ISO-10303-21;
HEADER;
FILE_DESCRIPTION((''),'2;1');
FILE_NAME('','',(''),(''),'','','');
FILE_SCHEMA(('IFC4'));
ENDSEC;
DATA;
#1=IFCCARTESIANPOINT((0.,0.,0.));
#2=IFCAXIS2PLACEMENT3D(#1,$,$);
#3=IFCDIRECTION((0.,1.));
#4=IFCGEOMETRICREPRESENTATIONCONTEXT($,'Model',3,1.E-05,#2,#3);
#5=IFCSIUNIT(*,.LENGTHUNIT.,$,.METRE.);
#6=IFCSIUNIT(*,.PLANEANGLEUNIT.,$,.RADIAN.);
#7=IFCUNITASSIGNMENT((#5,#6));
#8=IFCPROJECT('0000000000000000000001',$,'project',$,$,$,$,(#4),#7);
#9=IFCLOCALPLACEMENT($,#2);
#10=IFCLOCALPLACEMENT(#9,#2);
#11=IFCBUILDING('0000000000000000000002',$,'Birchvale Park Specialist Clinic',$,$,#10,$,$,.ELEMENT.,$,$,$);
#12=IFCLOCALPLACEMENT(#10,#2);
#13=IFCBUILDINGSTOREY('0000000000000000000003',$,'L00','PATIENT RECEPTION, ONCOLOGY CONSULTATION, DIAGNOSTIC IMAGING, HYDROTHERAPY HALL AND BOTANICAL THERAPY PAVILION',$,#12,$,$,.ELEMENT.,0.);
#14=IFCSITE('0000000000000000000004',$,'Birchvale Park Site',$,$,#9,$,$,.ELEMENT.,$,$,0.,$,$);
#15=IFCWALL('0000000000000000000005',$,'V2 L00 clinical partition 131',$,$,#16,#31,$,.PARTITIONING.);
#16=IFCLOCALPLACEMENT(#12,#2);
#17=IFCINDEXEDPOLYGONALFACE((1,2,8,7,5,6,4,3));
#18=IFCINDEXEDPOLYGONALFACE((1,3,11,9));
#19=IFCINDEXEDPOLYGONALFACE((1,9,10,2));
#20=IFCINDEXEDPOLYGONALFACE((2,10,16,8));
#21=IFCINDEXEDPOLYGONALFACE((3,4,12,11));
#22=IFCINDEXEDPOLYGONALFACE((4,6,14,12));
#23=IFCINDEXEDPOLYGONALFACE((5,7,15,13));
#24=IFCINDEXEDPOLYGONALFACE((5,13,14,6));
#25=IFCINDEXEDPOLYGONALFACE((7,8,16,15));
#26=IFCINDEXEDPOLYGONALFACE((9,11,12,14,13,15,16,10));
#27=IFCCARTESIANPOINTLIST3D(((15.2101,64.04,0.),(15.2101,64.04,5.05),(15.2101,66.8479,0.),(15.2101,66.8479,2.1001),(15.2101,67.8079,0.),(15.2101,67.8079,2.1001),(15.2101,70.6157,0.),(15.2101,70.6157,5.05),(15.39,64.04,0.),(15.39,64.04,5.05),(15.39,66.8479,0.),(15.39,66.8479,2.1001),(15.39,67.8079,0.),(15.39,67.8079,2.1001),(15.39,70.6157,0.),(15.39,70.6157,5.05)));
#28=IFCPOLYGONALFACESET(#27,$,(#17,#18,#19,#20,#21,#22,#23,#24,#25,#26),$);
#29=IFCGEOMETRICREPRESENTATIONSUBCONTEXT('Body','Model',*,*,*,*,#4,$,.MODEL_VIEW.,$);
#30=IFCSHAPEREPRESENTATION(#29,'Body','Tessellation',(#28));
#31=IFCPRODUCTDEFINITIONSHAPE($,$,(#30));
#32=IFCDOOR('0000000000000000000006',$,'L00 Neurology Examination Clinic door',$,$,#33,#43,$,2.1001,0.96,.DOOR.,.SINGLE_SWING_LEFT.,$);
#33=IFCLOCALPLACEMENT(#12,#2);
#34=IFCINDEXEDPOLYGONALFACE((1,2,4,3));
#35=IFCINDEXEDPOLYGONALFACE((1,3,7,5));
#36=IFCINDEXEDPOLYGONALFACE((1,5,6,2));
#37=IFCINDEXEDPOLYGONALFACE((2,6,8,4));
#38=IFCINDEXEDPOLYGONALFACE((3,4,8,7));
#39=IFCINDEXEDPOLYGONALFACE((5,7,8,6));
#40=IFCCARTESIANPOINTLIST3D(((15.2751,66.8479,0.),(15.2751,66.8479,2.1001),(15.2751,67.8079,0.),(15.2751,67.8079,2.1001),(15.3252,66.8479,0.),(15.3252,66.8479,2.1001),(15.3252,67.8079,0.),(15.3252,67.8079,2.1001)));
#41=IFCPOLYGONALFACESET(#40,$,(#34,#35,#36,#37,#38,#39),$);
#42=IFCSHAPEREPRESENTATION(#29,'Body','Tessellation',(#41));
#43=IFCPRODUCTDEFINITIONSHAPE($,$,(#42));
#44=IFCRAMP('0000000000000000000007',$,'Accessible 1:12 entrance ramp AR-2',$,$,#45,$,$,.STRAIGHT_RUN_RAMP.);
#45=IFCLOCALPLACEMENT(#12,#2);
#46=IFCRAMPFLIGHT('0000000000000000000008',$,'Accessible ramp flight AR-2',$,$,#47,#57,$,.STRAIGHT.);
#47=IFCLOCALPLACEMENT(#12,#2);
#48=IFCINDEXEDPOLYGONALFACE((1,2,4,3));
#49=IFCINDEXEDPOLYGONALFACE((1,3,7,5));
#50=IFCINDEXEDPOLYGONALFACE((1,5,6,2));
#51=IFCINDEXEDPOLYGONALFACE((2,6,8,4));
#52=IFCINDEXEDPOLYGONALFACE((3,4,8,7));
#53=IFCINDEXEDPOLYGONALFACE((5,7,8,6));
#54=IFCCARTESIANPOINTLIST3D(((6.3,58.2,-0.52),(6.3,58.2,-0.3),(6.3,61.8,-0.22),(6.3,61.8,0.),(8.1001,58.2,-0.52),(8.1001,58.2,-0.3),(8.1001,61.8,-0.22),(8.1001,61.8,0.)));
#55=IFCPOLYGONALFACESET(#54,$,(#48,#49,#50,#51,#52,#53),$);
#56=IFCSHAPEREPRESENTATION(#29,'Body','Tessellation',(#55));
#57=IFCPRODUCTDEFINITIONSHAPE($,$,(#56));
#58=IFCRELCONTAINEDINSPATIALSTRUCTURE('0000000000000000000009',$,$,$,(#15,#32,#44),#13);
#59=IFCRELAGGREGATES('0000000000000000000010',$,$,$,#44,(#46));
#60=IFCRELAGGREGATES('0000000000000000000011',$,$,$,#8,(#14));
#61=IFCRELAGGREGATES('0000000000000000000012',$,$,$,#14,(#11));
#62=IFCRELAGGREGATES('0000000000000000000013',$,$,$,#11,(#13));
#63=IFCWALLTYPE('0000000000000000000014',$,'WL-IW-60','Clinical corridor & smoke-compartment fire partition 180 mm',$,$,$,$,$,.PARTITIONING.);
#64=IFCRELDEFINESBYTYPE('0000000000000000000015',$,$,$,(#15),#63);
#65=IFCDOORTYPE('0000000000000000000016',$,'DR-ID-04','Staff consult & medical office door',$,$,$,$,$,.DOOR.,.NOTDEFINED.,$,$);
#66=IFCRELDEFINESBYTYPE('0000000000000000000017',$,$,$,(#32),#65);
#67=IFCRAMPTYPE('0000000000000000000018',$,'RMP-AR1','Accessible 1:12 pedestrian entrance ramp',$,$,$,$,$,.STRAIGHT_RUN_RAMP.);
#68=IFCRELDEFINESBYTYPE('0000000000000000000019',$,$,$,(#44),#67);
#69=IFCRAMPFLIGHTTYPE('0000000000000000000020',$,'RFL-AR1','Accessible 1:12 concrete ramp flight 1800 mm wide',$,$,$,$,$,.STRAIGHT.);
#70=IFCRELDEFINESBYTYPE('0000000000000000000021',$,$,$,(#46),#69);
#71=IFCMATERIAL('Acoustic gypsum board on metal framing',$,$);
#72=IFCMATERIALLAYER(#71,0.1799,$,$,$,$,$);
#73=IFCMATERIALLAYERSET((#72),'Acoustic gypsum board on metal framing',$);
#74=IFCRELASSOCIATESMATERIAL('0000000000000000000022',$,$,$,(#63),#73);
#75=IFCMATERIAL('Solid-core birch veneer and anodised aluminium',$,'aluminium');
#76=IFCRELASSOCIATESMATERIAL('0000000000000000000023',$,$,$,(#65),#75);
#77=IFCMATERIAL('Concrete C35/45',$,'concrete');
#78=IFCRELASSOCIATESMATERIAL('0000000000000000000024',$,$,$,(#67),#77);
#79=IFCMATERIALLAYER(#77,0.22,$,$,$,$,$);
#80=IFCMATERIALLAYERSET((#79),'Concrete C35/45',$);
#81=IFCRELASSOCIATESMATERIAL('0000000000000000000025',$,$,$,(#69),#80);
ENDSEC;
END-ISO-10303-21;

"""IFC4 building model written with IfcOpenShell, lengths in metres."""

from ifc_helpers import new_model, si_unit, direction, frame, frame_2d, origin, place, context, subcontext, project, spatial, polyline, rectangle, outline, extrude, material, layer, layer_set, type_object, element, fill, aggregate, save


model = new_model("IFC4")

# Units and contexts
model_context = context("Model", 3, precision=1e-05, world=origin(), true_north=direction((0.0, 1.0)))
body_context = subcontext(model_context, "Body", "Model", "MODEL_VIEW")
ifc_project = project(units=[si_unit("LENGTHUNIT", "METRE"), si_unit("PLANEANGLEUNIT", "RADIAN")], contexts=[model_context])

# Site, building, storey
site_placement = place(None, origin())
site = spatial("IfcSite", under=ifc_project, at=site_placement, Name="Birchvale Park Site", CompositionType="ELEMENT", RefElevation=0.0)
building_placement = place(site_placement, origin())
building = spatial("IfcBuilding", under=site, at=building_placement, Name="Birchvale Park Specialist Clinic", CompositionType="ELEMENT")
storey_placement = place(building_placement, origin())
storey = spatial("IfcBuildingStorey", under=building, at=storey_placement, Name="L00", Description="PATIENT RECEPTION, ONCOLOGY CONSULTATION, DIAGNOSTIC IMAGING, HYDROTHERAPY HALL AND BOTANICAL THERAPY PAVILION", CompositionType="ELEMENT", Elevation=0.0)

# Wall, opening, door
ifc_material_1 = material(Name="Acoustic gypsum board on metal framing")
ifc_layer_1 = layer(ifc_material_1, 0.1799)
ifc_layer_set_1 = layer_set([ifc_layer_1], Name="Acoustic gypsum board on metal framing")
wall_type_1 = type_object("IfcWallType", Name="WL-IW-60", Description="Clinical corridor & smoke-compartment fire partition 180 mm", PredefinedType="PARTITIONING", material=ifc_layer_set_1)
wall_1_placement = place(storey_placement, frame((15.3, 64.04, 0.0), z_axis=(0.0, 0.0, 1.0), x_axis=(0.0, 1.0, 0.0)))
wall_1 = element("IfcWall", 1, at=wall_1_placement, inside=storey, type_object=wall_type_1, Name="V2 L00 clinical partition 131", PredefinedType="PARTITIONING", context=body_context, shape_type="SweptSolid", body=[
    extrude(rectangle(XDim=6.5757, YDim=0.1799, at=frame_2d((3.2878, 0.0))), origin(), (0.0, 0.0, 1.0), 5.05),
])
opening_placement = place(wall_1_placement, frame((2.8079, 0.0, 0.0)))
opening = element("IfcOpeningElement", 2, at=opening_placement, cuts=wall_1, PredefinedType="OPENING", context=body_context, shape_type="SweptSolid", body=[
    extrude(rectangle(XDim=0.96, YDim=2.1001, at=frame_2d((0.48, 1.05))), frame((0.0, 0.1001, 0.0), z_axis=(0.0, -1.0, 0.0), x_axis=(1.0, 0.0, 0.0)), (0.0, 0.0, 1.0), 0.2),
])
ifc_material_2 = material(Name="Solid-core birch veneer and anodised aluminium", Category="aluminium")
door_type = type_object("IfcDoorType", Name="DR-ID-04", Description="Staff consult & medical office door", OperationType="NOTDEFINED", PredefinedType="DOOR", material=ifc_material_2)
door_placement = place(opening_placement, origin())
door = element("IfcDoor", 3, at=door_placement, inside=storey, type_object=door_type, Name="L00 Neurology Examination Clinic door", OperationType="SINGLE_SWING_LEFT", OverallHeight=2.1001, OverallWidth=0.96, PredefinedType="DOOR", context=body_context, shape_type="SweptSolid", body=[
    extrude(rectangle(XDim=0.96, YDim=2.1001, at=frame_2d((0.48, 1.05))), frame((0.0, 0.0249, 0.0), z_axis=(0.0, -1.0, 0.0), x_axis=(1.0, 0.0, 0.0)), (0.0, 0.0, 1.0), 0.05),
])
fill(opening, door)

# Ramp, ramp flight
ifc_material_3 = material(Name="Concrete C35/45", Category="concrete")
ramp_type = type_object("IfcRampType", Name="RMP-AR1", Description="Accessible 1:12 pedestrian entrance ramp", PredefinedType="STRAIGHT_RUN_RAMP", material=ifc_material_3)
ramp_placement = place(storey_placement, origin())
ramp = element("IfcRamp", 4, at=ramp_placement, inside=storey, type_object=ramp_type, Name="Accessible 1:12 entrance ramp AR-2", PredefinedType="STRAIGHT_RUN_RAMP")
ifc_layer_2 = layer(ifc_material_3, 0.22)
ifc_layer_set_2 = layer_set([ifc_layer_2], Name="Concrete C35/45")
ramp_flight_type = type_object("IfcRampFlightType", Name="RFL-AR1", Description="Accessible 1:12 concrete ramp flight 1800 mm wide", PredefinedType="STRAIGHT", material=ifc_layer_set_2)
ramp_flight_placement = place(storey_placement, frame((7.2, 58.2, -0.3), z_axis=(0.0, 0.0, 1.0), x_axis=(0.0, 1.0, 0.0)))
ramp_flight = element("IfcRampFlight", 5, at=ramp_flight_placement, type_object=ramp_flight_type, Name="Accessible ramp flight AR-2", PredefinedType="STRAIGHT", context=body_context, shape_type="SweptSolid", body=[
    extrude(outline(polyline([(0.0, 0.0), (3.6001, 0.3), (3.6001, 0.0801), (0.0, -0.22), (0.0, 0.0)])), frame((0.0, 0.8999, 0.0), z_axis=(0.0, -1.0, 0.0), x_axis=(1.0, 0.0, 0.0)), (0.0, 0.0, 1.0), 1.8),
])
aggregate(ramp, [ramp_flight])

save(model, "model.ifc")
